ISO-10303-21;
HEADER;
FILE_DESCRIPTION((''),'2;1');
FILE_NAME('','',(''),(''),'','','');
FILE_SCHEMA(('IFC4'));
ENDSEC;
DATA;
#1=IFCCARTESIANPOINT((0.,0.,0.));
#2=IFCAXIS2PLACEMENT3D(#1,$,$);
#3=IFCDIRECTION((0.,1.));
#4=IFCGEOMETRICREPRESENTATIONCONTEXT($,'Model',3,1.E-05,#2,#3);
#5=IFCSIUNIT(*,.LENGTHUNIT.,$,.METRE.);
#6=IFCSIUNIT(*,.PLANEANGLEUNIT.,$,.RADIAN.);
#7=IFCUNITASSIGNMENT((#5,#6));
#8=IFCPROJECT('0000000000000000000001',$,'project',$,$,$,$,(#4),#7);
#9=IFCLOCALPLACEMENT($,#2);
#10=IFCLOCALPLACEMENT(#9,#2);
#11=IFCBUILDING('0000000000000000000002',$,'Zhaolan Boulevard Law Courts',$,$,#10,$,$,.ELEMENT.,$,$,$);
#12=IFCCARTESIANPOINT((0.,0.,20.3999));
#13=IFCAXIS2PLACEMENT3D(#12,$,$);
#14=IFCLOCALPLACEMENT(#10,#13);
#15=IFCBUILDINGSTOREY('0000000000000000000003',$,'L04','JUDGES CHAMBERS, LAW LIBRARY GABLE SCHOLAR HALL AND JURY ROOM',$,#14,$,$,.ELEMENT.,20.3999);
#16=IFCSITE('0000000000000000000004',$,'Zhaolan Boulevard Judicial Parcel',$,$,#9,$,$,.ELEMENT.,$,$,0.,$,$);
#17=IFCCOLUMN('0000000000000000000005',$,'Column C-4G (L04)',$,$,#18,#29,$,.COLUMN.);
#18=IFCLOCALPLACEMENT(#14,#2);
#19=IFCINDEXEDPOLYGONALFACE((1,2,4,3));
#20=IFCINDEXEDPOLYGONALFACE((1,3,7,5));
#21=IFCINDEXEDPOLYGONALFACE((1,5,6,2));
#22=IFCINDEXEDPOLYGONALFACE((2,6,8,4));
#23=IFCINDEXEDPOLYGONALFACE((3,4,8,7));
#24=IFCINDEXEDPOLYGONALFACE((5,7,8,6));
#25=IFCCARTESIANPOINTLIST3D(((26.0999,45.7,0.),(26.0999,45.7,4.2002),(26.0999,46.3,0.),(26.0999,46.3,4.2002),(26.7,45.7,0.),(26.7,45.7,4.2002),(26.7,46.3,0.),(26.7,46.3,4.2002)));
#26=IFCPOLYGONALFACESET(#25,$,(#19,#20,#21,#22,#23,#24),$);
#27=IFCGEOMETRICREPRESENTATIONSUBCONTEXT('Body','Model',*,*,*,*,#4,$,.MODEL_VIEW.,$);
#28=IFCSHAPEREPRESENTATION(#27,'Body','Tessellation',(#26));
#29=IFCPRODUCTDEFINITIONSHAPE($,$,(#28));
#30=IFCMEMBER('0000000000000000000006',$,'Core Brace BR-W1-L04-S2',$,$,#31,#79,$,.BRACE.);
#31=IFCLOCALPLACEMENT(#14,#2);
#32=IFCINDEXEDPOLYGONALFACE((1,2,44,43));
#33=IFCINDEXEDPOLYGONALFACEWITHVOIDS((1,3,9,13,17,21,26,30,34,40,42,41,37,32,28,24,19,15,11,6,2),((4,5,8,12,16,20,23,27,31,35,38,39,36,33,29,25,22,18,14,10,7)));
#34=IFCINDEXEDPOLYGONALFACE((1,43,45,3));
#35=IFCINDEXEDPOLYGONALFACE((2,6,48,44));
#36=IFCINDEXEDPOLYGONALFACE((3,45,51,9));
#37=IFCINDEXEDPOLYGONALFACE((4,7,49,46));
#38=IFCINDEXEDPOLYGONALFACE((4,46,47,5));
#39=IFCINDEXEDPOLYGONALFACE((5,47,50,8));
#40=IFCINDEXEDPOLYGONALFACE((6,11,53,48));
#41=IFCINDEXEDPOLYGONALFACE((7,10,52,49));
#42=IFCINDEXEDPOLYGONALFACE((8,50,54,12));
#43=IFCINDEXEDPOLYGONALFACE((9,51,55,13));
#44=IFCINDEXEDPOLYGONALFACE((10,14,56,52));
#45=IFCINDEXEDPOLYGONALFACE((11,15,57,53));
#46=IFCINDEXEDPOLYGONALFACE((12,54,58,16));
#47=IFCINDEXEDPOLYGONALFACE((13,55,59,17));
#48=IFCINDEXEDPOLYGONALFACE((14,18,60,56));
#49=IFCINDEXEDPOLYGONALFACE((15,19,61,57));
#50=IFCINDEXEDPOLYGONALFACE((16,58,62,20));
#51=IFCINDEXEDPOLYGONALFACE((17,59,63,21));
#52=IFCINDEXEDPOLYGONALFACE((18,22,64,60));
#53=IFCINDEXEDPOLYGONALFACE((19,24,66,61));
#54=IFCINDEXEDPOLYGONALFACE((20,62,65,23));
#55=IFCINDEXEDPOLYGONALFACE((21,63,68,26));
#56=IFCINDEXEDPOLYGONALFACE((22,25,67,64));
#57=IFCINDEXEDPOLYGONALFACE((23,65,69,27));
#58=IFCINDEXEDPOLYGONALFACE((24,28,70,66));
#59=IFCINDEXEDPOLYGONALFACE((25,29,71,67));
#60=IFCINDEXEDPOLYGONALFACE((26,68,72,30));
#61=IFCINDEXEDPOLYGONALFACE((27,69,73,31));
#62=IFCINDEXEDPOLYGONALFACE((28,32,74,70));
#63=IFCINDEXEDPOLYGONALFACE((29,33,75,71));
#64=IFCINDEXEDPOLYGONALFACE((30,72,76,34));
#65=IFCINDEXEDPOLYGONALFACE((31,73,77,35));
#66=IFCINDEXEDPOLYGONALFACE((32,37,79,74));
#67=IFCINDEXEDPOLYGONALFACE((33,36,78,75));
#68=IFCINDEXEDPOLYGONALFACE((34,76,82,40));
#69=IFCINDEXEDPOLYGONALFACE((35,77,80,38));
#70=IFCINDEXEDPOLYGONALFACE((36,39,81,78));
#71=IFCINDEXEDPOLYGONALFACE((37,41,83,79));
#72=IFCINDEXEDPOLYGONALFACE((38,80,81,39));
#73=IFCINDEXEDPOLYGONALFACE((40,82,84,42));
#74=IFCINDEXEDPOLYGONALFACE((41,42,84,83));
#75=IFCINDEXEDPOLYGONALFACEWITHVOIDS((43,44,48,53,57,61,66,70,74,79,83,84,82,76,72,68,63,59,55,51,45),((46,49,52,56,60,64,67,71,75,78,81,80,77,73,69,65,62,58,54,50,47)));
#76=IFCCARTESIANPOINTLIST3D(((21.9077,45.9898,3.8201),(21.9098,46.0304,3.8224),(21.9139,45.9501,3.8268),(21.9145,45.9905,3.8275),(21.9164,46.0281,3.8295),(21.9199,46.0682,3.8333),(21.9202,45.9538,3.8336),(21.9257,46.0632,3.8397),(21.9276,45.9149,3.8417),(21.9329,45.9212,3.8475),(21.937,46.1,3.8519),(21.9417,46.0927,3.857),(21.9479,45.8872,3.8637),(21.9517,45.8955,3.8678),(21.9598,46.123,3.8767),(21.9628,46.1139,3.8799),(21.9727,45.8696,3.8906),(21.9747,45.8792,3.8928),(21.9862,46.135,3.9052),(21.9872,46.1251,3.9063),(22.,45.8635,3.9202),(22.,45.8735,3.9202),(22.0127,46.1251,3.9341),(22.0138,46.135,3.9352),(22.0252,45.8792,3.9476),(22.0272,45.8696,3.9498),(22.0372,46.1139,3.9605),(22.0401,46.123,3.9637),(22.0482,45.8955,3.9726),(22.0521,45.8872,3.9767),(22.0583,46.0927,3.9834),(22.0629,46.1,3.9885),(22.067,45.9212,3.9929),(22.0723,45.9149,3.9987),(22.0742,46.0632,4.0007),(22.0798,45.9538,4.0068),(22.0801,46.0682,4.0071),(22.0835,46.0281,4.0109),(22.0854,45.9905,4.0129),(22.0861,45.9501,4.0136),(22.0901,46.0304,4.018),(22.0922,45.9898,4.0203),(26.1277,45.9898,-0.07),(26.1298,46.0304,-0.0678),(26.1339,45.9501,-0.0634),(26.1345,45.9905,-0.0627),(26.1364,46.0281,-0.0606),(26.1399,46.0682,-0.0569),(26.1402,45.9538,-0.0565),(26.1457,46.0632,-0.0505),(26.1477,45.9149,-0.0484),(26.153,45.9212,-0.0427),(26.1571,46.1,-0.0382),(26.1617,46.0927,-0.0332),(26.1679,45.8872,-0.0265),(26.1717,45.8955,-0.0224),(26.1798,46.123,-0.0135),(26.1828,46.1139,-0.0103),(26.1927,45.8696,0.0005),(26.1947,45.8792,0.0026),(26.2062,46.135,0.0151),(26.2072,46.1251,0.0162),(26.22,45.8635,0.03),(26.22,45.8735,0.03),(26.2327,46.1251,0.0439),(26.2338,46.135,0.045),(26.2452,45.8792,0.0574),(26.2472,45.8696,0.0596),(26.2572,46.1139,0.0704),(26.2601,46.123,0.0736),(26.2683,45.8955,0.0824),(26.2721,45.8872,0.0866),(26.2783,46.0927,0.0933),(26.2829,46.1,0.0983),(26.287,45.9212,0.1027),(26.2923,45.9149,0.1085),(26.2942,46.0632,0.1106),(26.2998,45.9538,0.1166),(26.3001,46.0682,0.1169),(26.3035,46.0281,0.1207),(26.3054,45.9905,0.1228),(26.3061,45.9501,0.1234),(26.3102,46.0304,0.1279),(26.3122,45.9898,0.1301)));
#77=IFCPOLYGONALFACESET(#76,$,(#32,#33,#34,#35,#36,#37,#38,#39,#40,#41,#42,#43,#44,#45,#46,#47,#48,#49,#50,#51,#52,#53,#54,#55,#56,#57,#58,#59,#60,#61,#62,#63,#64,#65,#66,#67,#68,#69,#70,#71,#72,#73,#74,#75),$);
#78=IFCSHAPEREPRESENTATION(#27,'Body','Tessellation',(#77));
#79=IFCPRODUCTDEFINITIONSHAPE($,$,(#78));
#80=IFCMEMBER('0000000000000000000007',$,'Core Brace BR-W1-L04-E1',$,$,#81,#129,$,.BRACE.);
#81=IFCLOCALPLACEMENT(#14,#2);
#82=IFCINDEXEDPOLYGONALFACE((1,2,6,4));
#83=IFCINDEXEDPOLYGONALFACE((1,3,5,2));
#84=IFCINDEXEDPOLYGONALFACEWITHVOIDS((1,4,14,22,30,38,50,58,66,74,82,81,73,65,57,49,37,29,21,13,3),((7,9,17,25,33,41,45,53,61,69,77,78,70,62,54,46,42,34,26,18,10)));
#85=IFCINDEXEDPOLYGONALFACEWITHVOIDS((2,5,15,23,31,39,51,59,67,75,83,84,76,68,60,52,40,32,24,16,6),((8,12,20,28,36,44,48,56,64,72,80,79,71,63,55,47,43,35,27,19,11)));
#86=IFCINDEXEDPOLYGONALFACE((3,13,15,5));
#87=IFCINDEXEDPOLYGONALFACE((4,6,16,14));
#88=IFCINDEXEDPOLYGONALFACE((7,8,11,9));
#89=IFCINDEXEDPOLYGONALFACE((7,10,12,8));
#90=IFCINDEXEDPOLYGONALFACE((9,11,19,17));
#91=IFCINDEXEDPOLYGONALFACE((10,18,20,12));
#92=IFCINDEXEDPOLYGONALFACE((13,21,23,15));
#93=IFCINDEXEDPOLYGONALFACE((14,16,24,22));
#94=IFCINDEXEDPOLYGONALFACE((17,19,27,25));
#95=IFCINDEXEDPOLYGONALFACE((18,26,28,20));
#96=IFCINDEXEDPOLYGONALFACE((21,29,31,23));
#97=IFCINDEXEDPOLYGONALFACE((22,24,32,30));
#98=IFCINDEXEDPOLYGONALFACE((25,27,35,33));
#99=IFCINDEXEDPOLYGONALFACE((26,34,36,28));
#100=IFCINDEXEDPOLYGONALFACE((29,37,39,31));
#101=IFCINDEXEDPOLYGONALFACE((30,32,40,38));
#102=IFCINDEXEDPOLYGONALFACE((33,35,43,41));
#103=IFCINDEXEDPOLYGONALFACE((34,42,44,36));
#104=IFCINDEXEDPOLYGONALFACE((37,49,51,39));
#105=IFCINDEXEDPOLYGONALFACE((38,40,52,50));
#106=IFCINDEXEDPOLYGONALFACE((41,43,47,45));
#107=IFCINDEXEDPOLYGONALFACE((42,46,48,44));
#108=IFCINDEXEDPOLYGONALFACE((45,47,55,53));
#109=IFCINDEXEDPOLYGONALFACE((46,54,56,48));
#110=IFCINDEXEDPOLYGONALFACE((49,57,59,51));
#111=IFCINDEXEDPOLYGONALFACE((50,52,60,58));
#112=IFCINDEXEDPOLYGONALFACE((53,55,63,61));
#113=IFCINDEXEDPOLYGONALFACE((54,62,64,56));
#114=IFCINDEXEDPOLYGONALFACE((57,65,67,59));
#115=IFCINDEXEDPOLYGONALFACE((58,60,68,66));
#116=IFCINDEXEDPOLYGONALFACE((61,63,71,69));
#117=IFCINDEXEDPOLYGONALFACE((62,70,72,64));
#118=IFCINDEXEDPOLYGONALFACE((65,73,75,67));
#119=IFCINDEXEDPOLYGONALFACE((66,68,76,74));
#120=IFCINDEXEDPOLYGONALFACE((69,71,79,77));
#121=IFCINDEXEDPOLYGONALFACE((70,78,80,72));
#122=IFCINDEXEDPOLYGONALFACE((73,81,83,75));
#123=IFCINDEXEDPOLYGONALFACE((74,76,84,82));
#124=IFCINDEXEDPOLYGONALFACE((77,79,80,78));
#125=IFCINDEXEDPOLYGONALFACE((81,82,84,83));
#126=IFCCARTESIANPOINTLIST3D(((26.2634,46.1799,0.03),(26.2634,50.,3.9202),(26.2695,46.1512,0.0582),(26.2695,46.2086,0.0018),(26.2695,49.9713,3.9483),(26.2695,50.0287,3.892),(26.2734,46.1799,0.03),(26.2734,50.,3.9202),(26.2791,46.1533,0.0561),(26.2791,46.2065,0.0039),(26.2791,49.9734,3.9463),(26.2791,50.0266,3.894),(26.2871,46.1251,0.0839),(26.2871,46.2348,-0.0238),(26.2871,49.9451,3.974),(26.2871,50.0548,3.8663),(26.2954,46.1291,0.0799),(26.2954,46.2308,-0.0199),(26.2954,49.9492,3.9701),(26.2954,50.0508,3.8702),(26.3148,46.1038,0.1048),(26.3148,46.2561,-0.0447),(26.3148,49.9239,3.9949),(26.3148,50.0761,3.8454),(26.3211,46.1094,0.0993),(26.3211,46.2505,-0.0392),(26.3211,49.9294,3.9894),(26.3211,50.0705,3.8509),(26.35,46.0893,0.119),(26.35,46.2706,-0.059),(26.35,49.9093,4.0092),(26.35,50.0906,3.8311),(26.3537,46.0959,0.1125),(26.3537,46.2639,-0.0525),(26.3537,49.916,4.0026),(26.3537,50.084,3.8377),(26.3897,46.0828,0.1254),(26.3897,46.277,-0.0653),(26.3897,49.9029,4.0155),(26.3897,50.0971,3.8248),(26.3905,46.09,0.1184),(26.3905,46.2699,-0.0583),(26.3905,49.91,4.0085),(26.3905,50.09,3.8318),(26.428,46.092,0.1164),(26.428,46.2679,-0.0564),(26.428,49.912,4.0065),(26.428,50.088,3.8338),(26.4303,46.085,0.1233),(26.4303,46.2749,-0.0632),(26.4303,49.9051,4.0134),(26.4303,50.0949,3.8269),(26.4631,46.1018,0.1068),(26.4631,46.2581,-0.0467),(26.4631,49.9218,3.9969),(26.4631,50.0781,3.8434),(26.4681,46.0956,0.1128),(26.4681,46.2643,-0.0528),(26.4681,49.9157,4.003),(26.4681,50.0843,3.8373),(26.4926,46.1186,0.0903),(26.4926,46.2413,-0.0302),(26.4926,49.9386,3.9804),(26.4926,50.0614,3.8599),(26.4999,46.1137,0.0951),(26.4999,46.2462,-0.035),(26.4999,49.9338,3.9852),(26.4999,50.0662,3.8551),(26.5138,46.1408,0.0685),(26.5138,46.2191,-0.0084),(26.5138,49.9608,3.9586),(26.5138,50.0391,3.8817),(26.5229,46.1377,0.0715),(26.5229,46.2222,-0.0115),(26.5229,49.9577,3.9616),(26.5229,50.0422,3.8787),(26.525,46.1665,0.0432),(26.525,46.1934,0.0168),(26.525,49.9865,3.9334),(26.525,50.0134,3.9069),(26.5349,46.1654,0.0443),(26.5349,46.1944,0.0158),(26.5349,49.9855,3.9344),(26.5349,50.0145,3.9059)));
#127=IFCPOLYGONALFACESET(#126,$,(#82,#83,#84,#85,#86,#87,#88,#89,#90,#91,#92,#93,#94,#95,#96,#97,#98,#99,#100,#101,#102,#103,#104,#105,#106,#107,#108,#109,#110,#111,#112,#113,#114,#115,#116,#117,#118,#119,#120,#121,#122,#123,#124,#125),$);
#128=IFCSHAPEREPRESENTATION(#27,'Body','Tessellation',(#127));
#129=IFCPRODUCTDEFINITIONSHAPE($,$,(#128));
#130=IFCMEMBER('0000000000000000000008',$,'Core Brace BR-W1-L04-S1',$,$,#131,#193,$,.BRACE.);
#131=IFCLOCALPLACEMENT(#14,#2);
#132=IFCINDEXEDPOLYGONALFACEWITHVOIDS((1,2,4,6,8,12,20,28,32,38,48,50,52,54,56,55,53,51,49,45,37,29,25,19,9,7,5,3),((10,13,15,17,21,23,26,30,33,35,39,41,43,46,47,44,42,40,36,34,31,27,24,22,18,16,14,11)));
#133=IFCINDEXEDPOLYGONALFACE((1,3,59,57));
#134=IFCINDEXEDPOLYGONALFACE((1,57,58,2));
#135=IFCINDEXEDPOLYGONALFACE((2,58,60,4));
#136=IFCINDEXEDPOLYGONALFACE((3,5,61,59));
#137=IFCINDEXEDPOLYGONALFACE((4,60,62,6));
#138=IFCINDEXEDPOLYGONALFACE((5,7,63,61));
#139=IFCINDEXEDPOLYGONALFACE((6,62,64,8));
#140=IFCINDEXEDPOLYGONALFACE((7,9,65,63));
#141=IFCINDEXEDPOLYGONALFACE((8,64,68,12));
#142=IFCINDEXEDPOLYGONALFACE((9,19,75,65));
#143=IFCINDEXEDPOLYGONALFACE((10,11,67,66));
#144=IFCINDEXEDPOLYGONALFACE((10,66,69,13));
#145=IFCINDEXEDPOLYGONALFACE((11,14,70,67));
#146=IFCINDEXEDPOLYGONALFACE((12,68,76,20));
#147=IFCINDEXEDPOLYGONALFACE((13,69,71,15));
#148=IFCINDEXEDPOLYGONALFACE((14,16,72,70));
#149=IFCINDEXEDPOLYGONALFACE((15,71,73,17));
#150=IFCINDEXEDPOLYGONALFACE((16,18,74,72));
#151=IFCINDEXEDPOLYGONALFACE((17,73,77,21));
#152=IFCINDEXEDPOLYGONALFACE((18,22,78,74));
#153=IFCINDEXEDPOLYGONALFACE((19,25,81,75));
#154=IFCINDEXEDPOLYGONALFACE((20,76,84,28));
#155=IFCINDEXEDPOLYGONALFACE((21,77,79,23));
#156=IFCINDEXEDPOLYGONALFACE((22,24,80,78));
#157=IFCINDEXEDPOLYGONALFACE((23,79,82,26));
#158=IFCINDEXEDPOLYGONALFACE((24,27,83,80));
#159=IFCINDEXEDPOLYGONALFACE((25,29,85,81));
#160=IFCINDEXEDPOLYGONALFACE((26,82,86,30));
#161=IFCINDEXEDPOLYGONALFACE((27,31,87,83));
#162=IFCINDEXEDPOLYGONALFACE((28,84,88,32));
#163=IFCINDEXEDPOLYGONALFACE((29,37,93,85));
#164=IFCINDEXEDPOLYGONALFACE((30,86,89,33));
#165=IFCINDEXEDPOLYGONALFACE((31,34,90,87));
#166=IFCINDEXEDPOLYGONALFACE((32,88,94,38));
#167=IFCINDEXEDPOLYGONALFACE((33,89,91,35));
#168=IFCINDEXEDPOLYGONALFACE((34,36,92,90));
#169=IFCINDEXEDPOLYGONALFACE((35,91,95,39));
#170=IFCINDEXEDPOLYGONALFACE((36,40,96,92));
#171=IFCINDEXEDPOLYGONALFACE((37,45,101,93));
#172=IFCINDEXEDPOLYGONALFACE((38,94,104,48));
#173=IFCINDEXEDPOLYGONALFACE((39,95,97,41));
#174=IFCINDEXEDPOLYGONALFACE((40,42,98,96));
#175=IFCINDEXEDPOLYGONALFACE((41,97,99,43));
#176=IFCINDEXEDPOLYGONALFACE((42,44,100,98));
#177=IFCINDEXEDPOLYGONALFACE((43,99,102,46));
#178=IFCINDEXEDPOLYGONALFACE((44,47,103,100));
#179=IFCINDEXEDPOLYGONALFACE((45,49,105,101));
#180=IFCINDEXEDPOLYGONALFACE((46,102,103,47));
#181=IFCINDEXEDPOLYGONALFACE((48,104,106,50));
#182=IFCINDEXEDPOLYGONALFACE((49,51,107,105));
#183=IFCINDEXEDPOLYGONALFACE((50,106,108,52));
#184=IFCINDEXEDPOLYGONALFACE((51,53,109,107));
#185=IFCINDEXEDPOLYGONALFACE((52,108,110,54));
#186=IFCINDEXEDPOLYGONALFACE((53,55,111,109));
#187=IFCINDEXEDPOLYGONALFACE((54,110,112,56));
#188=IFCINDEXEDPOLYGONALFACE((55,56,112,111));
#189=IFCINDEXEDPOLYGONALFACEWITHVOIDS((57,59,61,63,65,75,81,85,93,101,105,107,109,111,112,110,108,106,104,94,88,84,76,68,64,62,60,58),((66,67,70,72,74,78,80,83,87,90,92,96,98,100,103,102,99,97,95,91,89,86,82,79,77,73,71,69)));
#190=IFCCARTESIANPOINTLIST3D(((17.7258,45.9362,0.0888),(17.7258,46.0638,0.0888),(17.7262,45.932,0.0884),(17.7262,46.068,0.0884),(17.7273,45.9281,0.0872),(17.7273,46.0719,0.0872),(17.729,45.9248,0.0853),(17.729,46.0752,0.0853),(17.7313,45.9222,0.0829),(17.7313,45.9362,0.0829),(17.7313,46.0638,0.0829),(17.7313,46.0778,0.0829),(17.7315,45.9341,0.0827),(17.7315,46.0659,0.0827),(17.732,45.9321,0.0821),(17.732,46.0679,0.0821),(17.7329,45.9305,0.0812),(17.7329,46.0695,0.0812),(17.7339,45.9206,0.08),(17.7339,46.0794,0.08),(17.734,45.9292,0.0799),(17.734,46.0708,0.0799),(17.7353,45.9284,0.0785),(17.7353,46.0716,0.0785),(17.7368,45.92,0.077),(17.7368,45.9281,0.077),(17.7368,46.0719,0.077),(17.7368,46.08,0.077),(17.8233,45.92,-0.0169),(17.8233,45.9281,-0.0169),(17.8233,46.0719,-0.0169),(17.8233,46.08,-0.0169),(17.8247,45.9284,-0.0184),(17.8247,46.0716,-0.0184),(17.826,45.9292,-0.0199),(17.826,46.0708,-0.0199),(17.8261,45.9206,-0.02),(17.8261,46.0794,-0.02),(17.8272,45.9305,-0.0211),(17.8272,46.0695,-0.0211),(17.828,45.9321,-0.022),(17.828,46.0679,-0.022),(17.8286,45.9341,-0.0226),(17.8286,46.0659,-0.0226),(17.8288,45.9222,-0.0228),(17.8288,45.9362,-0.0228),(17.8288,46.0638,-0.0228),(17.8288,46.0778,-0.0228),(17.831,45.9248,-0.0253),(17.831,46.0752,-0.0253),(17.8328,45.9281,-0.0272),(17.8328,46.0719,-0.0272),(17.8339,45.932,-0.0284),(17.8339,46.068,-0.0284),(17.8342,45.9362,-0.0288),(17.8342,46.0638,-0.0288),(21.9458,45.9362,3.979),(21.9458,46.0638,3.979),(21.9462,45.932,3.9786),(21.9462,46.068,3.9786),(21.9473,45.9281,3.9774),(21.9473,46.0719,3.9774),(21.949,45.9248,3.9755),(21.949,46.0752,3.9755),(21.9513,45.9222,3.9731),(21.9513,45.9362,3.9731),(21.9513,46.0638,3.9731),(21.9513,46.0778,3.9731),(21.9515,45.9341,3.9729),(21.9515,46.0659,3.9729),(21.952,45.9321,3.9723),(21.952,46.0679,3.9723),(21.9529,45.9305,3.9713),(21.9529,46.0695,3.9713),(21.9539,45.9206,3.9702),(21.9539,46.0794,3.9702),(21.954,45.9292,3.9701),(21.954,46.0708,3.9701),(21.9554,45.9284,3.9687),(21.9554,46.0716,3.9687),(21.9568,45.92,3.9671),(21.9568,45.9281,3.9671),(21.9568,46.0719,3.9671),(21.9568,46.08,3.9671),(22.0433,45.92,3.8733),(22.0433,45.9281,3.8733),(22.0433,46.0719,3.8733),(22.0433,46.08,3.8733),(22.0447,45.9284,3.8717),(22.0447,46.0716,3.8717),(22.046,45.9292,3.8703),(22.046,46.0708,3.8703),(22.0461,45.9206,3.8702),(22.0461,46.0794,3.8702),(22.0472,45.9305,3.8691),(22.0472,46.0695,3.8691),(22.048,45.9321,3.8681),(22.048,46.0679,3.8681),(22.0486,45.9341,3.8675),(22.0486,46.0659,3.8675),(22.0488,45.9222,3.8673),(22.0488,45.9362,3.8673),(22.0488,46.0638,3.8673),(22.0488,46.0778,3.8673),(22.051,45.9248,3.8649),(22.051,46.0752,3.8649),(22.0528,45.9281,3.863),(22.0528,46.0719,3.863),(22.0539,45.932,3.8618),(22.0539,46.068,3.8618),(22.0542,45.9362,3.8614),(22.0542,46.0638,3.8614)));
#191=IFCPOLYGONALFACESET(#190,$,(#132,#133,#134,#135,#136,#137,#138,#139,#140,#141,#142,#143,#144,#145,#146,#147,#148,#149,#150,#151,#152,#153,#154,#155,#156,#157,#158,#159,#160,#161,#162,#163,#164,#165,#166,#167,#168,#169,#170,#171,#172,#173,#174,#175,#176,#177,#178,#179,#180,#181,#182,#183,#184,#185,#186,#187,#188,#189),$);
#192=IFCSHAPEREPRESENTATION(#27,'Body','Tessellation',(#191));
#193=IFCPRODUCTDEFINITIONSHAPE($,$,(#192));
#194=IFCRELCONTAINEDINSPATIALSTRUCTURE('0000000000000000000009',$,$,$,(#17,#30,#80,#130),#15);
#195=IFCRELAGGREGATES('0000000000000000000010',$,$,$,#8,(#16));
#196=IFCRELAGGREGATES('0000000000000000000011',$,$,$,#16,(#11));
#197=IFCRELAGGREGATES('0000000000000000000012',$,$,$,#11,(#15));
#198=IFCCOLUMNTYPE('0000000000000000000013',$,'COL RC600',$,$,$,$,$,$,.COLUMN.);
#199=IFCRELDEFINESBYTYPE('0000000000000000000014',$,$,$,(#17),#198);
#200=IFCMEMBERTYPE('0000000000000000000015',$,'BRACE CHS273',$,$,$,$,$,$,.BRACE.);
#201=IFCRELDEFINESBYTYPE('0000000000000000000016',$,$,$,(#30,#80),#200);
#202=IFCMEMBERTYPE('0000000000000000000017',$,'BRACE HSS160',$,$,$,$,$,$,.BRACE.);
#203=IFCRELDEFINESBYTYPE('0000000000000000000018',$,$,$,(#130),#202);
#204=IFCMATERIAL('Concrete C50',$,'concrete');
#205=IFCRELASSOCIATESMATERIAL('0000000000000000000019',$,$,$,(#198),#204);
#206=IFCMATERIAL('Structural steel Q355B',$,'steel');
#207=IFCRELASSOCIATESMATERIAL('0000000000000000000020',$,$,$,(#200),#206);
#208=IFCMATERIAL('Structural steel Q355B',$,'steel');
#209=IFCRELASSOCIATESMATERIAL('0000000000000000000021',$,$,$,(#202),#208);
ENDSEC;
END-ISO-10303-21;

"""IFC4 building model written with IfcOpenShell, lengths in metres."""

from ifc_helpers import new_model, si_unit, direction, frame, origin, origin_2d, place, context, subcontext, project, spatial, rectangle, hollow_rectangle, hollow_circle, extrude, material, material_profile, profile_set, type_object, element, save


model = new_model("IFC4")

# Units and contexts
model_context = context("Model", 3, precision=1e-05, world=origin(), true_north=direction((0.0, 1.0)))
body_context = subcontext(model_context, "Body", "Model", "MODEL_VIEW")
ifc_project = project(units=[si_unit("LENGTHUNIT", "METRE"), si_unit("PLANEANGLEUNIT", "RADIAN")], contexts=[model_context])

# Site, building, storey
site_placement = place(None, origin())
site = spatial("IfcSite", under=ifc_project, at=site_placement, Name="Zhaolan Boulevard Judicial Parcel", CompositionType="ELEMENT", RefElevation=0.0)
building_placement = place(site_placement, origin())
building = spatial("IfcBuilding", under=site, at=building_placement, Name="Zhaolan Boulevard Law Courts", CompositionType="ELEMENT")
storey_placement = place(building_placement, frame((0.0, 0.0, 20.3999)))
storey = spatial("IfcBuildingStorey", under=building, at=storey_placement, Name="L04", Description="JUDGES CHAMBERS, LAW LIBRARY GABLE SCHOLAR HALL AND JURY ROOM", CompositionType="ELEMENT", Elevation=20.3999)

# Column
ifc_material_1 = material(Name="Concrete C50", Category="concrete")
ifc_material_profile_1 = material_profile(ifc_material_1, rectangle(XDim=0.6001, YDim=0.6001, at=origin_2d()), Name="RC600x600")
ifc_profile_set_1 = profile_set([ifc_material_profile_1], Name="Concrete C50")
column_type = type_object("IfcColumnType", Name="COL RC600", PredefinedType="COLUMN", material=ifc_profile_set_1)
column_placement = place(storey_placement, frame((26.3999, 46.0, 0.0), z_axis=(0.0, 0.0, 1.0), x_axis=(1.0, 0.0, 0.0)))
element("IfcColumn", 1, at=column_placement, inside=storey, type_object=column_type, Name="Column C-4G (L04)", PredefinedType="COLUMN", context=body_context, shape_type="SweptSolid", body=[
    extrude(rectangle(XDim=0.6001, YDim=0.6001, at=origin_2d()), origin(), (0.0, 0.0, 1.0), 4.2002),
])

# Members
ifc_material_2 = material(Name="Structural steel Q355B", Category="steel")
ifc_material_profile_2 = material_profile(ifc_material_2, hollow_circle(Radius=0.1365, WallThickness=0.01, at=origin_2d()), Name="CHS273x10")
ifc_profile_set_2 = profile_set([ifc_material_profile_2], Name="Structural steel Q355B")
member_type_1 = type_object("IfcMemberType", Name="BRACE CHS273", PredefinedType="BRACE", material=ifc_profile_set_2)
member_1_placement = place(storey_placement, frame((26.22, 46.0, 0.03), z_axis=(-0.735257, 0.0, 0.677789), x_axis=(0.0, -1.0, 0.0)))
element("IfcMember", 2, at=member_1_placement, inside=storey, type_object=member_type_1, Name="Core Brace BR-W1-L04-S2", PredefinedType="BRACE", context=body_context, shape_type="SweptSolid", body=[
    extrude(hollow_circle(Radius=0.1365, WallThickness=0.01, at=origin_2d()), origin(), (0.0, 0.0, 1.0), 5.7395),
])
member_2_placement = place(storey_placement, frame((26.3999, 46.1799, 0.03), z_axis=(0.0, 0.700652, 0.713503), x_axis=(-1.0, 0.0, 0.0)))
element("IfcMember", 3, at=member_2_placement, inside=storey, type_object=member_type_1, Name="Core Brace BR-W1-L04-E1", PredefinedType="BRACE", context=body_context, shape_type="SweptSolid", body=[
    extrude(hollow_circle(Radius=0.1365, WallThickness=0.01, at=origin_2d()), origin(), (0.0, 0.0, 1.0), 5.4521),
])
ifc_material_3 = material(Name="Structural steel Q355B", Category="steel")
ifc_material_profile_3 = material_profile(ifc_material_3, hollow_rectangle(XDim=0.1599, YDim=0.1599, WallThickness=0.0081, InnerFilletRadius=0.0081, OuterFilletRadius=0.0161, at=origin_2d()), Name="HSS160x160x8")
ifc_profile_set_3 = profile_set([ifc_material_profile_3], Name="Structural steel Q355B")
member_type_2 = type_object("IfcMemberType", Name="BRACE HSS160", PredefinedType="BRACE", material=ifc_profile_set_3)
member_3_placement = place(storey_placement, frame((17.78, 46.0, 0.03), z_axis=(0.735257, 0.0, 0.677789), x_axis=(0.0, 1.0, 0.0)))
element("IfcMember", 4, at=member_3_placement, inside=storey, type_object=member_type_2, Name="Core Brace BR-W1-L04-S1", PredefinedType="BRACE", context=body_context, shape_type="SweptSolid", body=[
    extrude(hollow_rectangle(XDim=0.1599, YDim=0.1599, WallThickness=0.0081, InnerFilletRadius=0.0081, OuterFilletRadius=0.0161, at=origin_2d()), origin(), (0.0, 0.0, 1.0), 5.7395),
])

save(model, "model.ifc")
